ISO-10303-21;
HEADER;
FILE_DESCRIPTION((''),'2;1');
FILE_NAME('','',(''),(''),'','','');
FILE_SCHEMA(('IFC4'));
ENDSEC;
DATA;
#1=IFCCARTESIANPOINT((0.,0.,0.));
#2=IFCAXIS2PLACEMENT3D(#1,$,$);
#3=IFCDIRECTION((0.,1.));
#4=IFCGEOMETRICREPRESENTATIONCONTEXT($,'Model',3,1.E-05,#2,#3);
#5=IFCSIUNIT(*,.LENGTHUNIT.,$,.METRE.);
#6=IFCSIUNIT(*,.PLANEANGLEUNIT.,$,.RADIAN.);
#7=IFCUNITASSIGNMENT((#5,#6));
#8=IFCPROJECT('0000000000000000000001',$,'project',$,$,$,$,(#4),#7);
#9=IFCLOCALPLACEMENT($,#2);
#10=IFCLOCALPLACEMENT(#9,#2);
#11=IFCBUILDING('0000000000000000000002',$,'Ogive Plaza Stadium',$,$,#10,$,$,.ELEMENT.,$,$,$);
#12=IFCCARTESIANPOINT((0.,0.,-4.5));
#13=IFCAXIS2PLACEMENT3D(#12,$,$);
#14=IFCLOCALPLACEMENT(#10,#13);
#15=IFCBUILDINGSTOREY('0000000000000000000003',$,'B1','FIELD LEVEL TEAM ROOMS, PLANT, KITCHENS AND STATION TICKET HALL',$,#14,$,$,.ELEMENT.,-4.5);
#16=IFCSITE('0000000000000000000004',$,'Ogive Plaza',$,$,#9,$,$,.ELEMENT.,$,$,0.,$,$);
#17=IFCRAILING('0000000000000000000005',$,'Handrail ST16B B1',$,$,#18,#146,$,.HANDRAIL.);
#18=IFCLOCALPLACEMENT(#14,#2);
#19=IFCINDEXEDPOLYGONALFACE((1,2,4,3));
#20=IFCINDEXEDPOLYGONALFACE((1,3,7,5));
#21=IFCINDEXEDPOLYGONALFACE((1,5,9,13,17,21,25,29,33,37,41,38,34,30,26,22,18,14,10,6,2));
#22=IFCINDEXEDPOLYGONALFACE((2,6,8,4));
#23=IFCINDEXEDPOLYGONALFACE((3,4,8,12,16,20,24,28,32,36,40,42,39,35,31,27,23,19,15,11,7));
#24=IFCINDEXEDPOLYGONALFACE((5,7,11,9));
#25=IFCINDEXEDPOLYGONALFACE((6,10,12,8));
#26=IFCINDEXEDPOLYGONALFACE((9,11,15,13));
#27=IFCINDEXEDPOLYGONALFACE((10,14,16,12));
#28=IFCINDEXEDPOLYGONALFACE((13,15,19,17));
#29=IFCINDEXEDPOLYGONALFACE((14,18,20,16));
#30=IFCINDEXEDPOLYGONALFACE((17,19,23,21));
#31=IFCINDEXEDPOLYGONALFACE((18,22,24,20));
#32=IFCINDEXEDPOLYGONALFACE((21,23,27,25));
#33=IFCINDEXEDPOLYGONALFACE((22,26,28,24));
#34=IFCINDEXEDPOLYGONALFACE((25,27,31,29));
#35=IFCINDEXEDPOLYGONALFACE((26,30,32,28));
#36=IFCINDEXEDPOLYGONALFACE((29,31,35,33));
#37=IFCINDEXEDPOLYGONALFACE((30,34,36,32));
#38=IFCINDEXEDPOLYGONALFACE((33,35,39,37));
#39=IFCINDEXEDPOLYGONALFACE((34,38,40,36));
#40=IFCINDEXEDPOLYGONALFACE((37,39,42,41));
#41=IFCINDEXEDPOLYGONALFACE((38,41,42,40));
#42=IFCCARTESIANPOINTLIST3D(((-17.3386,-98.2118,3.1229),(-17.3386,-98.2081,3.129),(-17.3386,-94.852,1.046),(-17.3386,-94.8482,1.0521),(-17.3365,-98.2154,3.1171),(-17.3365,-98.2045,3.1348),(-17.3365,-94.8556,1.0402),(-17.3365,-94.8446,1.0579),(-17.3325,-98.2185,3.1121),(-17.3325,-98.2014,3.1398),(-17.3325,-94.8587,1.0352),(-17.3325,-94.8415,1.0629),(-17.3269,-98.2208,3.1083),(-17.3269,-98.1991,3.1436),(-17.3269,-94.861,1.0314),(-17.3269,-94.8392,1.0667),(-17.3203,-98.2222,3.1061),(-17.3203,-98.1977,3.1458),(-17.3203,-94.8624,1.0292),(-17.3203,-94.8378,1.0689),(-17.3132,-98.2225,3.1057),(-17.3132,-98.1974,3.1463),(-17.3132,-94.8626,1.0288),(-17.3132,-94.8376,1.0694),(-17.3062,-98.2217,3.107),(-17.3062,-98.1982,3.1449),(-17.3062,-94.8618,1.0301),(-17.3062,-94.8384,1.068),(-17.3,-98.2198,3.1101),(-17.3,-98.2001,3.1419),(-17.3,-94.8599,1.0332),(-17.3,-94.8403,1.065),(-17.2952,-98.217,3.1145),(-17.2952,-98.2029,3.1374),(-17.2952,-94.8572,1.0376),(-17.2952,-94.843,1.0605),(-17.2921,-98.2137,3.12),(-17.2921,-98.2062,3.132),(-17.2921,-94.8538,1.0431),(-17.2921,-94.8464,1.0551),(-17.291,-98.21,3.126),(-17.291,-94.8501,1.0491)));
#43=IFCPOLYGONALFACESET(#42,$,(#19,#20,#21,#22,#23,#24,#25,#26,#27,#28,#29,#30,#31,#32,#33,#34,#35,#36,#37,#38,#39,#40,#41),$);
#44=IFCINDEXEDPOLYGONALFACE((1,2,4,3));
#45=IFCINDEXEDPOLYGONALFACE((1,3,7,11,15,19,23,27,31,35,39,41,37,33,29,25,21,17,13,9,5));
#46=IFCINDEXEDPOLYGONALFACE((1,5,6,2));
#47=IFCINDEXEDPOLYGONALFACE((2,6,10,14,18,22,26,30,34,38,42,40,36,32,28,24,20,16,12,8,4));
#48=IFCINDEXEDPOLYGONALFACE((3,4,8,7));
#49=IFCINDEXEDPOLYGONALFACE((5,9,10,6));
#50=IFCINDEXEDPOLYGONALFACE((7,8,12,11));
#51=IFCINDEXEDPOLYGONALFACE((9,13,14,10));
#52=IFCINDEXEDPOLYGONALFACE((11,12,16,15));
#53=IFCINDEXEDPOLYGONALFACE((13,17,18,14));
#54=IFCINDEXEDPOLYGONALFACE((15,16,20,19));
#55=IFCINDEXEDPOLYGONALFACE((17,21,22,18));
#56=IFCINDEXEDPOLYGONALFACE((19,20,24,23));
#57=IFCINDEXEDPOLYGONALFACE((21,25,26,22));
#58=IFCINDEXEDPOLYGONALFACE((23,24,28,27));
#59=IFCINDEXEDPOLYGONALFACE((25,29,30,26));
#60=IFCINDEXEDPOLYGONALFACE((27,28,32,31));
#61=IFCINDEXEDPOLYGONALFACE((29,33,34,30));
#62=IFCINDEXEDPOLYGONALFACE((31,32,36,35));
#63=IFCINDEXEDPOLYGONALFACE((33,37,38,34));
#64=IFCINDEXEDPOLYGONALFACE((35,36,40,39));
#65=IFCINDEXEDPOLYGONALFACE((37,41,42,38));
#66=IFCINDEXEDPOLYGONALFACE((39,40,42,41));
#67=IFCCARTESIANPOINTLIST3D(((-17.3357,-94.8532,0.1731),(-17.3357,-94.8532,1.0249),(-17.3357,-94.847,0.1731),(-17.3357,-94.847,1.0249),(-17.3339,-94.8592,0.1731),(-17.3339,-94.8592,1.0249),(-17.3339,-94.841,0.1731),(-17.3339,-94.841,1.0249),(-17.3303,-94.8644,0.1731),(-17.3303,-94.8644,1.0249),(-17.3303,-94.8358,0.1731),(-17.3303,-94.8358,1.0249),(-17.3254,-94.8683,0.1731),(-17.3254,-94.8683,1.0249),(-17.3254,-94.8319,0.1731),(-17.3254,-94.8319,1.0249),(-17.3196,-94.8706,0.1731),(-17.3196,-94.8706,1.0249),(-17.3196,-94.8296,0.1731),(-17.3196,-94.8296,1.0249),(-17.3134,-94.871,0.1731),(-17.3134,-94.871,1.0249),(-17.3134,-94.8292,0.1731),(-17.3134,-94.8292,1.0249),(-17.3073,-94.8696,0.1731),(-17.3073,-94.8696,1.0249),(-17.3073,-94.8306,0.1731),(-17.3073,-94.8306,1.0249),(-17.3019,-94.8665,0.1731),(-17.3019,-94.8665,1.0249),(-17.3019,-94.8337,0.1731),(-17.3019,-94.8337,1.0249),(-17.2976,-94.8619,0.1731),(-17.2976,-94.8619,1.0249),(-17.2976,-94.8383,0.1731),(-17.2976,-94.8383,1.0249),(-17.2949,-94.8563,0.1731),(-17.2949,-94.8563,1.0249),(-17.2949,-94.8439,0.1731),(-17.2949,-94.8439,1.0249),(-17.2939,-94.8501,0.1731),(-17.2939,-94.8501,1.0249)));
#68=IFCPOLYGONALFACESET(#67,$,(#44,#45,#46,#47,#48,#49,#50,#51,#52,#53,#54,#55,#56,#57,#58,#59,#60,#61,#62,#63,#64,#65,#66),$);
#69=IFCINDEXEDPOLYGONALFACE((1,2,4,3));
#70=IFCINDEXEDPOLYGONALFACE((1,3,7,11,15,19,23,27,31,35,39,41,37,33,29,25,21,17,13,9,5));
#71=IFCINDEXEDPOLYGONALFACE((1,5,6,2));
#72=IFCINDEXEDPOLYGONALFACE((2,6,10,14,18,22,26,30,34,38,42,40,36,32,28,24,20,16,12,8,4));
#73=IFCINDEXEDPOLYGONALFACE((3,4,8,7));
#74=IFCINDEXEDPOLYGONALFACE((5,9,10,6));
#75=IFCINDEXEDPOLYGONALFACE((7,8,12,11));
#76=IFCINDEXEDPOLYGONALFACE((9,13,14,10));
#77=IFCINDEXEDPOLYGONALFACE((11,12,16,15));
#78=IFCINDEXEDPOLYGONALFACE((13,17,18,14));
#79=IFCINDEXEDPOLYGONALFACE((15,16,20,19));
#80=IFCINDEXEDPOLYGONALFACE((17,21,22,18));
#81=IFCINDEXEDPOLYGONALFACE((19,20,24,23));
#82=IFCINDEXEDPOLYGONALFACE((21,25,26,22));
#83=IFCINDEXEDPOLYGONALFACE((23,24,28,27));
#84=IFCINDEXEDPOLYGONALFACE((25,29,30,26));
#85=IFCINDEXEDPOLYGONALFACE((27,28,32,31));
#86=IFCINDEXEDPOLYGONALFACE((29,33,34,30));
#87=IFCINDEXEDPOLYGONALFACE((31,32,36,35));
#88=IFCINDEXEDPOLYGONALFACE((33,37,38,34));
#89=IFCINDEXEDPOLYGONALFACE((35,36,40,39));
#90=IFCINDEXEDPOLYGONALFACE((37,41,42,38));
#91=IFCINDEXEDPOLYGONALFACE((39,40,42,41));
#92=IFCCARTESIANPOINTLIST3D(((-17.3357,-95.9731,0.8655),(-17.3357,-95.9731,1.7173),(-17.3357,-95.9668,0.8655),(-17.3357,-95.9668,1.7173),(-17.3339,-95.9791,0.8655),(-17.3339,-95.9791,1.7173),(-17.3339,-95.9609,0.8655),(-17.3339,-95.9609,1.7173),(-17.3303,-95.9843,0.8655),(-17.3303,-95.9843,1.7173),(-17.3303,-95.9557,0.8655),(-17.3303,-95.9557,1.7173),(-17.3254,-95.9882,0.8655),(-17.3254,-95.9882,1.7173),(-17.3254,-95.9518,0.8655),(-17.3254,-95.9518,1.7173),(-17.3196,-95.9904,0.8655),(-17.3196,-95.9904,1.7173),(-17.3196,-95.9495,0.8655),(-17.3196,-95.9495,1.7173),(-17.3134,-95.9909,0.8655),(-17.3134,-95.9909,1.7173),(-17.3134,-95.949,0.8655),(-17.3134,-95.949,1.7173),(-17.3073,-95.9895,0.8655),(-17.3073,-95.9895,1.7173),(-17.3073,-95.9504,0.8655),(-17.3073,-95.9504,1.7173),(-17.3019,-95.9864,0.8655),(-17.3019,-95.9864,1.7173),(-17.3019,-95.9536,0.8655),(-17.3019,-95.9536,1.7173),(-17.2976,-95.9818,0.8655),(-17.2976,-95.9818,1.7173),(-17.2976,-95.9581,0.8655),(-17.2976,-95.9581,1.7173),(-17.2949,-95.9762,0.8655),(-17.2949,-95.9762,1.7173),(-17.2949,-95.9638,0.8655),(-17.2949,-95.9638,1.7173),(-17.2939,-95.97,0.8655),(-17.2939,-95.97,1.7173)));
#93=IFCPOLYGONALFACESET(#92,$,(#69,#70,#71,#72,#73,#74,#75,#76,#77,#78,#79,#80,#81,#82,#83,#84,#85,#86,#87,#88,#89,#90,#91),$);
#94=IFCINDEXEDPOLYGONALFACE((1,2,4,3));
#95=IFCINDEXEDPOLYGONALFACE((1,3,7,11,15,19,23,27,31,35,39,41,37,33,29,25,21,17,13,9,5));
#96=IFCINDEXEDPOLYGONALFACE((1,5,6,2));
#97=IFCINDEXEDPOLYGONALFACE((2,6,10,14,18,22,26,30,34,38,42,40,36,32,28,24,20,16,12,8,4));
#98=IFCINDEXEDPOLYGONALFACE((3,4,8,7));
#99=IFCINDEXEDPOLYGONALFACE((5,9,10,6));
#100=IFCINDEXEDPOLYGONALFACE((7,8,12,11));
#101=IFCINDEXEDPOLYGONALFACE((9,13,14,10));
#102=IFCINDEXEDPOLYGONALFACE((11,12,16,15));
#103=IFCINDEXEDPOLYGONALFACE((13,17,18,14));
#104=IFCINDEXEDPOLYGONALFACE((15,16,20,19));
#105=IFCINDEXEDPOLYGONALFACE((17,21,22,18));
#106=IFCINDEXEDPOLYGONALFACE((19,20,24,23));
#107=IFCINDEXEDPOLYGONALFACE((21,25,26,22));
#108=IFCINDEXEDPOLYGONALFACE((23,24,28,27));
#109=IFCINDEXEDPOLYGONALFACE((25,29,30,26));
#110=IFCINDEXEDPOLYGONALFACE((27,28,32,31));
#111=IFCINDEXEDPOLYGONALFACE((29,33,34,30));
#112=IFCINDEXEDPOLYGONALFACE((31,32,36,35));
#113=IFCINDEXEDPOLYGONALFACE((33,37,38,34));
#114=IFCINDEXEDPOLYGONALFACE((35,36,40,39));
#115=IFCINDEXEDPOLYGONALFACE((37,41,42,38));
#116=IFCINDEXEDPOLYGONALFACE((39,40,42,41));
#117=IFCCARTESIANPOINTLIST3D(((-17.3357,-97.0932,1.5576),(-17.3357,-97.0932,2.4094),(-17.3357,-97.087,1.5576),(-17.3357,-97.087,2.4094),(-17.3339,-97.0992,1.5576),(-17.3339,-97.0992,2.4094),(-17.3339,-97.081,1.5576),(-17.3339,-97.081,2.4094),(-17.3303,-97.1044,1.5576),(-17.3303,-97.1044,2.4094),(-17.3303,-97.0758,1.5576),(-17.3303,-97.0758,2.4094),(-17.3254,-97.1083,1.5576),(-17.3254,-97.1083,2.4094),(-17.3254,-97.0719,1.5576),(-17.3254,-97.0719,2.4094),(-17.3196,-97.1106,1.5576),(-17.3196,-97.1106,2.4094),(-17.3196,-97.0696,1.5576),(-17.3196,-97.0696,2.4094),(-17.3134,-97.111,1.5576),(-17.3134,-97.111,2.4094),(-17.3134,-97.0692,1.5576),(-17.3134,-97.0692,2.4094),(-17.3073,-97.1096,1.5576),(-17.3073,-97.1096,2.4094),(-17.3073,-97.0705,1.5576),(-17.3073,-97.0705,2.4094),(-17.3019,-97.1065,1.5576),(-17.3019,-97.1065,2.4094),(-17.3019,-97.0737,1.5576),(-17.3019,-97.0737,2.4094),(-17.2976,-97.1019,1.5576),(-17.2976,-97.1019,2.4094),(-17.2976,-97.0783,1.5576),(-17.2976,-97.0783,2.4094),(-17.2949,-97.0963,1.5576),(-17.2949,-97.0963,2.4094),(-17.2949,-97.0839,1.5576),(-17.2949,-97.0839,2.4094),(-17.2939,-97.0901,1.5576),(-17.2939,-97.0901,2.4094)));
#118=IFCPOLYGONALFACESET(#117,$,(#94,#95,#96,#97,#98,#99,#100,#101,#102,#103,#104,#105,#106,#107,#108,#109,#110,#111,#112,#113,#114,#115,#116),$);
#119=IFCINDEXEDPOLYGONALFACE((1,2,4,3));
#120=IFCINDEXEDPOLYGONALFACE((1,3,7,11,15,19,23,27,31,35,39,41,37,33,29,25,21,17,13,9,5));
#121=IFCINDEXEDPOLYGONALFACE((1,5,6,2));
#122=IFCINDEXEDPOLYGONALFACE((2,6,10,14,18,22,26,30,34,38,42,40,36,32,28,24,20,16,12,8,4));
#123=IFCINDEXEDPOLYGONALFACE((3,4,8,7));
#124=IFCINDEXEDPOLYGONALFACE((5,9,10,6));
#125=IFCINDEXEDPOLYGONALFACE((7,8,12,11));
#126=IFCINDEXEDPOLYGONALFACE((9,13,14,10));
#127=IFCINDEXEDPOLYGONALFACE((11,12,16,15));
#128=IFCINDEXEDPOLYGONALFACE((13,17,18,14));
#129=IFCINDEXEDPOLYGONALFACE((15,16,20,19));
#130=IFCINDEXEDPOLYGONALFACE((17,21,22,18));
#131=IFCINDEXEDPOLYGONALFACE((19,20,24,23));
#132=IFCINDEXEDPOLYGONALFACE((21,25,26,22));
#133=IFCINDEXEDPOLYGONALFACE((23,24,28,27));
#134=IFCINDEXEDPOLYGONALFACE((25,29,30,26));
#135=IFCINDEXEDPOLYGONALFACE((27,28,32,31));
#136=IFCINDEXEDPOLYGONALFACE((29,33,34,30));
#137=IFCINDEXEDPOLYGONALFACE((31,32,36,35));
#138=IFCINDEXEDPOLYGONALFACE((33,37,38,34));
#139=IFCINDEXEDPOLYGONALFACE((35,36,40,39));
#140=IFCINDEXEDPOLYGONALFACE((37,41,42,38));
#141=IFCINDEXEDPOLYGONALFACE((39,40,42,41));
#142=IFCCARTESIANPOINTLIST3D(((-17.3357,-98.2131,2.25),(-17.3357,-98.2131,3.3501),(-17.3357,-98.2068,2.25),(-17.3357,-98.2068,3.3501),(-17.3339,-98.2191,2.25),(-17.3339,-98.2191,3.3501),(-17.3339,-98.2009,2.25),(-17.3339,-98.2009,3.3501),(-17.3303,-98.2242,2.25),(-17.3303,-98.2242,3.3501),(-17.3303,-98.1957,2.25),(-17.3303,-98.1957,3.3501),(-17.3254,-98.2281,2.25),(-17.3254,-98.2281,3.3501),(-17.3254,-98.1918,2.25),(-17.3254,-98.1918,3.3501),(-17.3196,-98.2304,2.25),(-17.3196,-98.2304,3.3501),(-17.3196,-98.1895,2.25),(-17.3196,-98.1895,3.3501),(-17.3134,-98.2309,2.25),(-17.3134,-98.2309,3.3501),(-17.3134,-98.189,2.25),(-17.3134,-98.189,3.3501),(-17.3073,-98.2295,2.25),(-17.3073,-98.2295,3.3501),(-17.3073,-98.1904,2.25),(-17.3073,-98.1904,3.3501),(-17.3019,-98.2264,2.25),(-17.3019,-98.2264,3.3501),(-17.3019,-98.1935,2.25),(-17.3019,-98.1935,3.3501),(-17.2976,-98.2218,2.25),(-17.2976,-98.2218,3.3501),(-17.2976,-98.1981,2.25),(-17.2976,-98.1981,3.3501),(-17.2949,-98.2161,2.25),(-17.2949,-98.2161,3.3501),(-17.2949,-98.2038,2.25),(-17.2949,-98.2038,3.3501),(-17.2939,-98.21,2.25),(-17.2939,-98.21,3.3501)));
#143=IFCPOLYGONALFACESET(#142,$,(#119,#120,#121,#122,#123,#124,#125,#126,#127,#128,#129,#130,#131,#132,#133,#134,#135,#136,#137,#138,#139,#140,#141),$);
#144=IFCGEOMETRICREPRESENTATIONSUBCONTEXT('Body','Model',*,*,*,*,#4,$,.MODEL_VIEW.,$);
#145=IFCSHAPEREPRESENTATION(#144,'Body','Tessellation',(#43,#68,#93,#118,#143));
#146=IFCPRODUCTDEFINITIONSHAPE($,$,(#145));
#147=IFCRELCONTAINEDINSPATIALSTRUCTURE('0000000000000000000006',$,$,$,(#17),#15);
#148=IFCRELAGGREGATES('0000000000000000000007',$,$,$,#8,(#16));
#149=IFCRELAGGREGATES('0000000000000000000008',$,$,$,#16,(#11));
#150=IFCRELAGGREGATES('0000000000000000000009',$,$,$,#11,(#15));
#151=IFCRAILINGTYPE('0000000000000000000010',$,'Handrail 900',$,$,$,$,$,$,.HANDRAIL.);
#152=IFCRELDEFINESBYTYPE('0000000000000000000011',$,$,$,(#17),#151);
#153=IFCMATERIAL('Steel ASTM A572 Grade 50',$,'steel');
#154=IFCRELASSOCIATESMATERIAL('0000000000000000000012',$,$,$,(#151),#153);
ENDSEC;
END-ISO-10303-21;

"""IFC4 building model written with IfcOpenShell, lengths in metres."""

from ifc_helpers import new_model, si_unit, direction, frame, origin, origin_2d, place, context, subcontext, project, spatial, circle, extrude, material, type_object, element, save


model = new_model("IFC4")

# Units and contexts
model_context = context("Model", 3, precision=1e-05, world=origin(), true_north=direction((0.0, 1.0)))
body_context = subcontext(model_context, "Body", "Model", "MODEL_VIEW")
ifc_project = project(units=[si_unit("LENGTHUNIT", "METRE"), si_unit("PLANEANGLEUNIT", "RADIAN")], contexts=[model_context])

# Site, building, storey
site_placement = place(None, origin())
site = spatial("IfcSite", under=ifc_project, at=site_placement, Name="Ogive Plaza", CompositionType="ELEMENT", RefElevation=0.0)
building_placement = place(site_placement, origin())
building = spatial("IfcBuilding", under=site, at=building_placement, Name="Ogive Plaza Stadium", CompositionType="ELEMENT")
storey_placement = place(building_placement, frame((0.0, 0.0, -4.5)))
storey = spatial("IfcBuildingStorey", under=building, at=storey_placement, Name="B1", Description="FIELD LEVEL TEAM ROOMS, PLANT, KITCHENS AND STATION TICKET HALL", CompositionType="ELEMENT", Elevation=-4.5)

# Railing
ifc_material_1 = material(Name="Steel ASTM A572 Grade 50", Category="steel")
railing_type_1 = type_object("IfcRailingType", Name="Handrail 900", PredefinedType="HANDRAIL", material=ifc_material_1)
for number, where, name in (
    (1, (-17.3149, -94.8501, 0.1731), "Handrail ST16B B1"),
):
    element("IfcRailing", number, at=place(storey_placement, frame(where)), inside=storey, type_object=railing_type_1, Name=name, PredefinedType="HANDRAIL", context=body_context, shape_type="SweptSolid", body=[
        extrude(circle(Radius=0.0239, at=origin_2d()), frame((0.0, 0.0, 0.876), z_axis=(0.0, -0.850606, 0.525803), x_axis=(1.0, 0.0, 0.0)), (0.0, 0.0, 1.0), 3.95),
        extrude(circle(Radius=0.021, at=origin_2d()), origin(), (0.0, 0.0, 1.0), 0.8518),
        extrude(circle(Radius=0.021, at=origin_2d()), frame((0.0, -1.1199, 0.6924)), (0.0, 0.0, 1.0), 0.8518),
        extrude(circle(Radius=0.021, at=origin_2d()), frame((0.0, -2.24, 1.3845)), (0.0, 0.0, 1.0), 0.8518),
        extrude(circle(Radius=0.021, at=origin_2d()), frame((0.0, -3.3599, 2.0769)), (0.0, 0.0, 1.0), 1.1001),
    ])

save(model, "model.ifc")
